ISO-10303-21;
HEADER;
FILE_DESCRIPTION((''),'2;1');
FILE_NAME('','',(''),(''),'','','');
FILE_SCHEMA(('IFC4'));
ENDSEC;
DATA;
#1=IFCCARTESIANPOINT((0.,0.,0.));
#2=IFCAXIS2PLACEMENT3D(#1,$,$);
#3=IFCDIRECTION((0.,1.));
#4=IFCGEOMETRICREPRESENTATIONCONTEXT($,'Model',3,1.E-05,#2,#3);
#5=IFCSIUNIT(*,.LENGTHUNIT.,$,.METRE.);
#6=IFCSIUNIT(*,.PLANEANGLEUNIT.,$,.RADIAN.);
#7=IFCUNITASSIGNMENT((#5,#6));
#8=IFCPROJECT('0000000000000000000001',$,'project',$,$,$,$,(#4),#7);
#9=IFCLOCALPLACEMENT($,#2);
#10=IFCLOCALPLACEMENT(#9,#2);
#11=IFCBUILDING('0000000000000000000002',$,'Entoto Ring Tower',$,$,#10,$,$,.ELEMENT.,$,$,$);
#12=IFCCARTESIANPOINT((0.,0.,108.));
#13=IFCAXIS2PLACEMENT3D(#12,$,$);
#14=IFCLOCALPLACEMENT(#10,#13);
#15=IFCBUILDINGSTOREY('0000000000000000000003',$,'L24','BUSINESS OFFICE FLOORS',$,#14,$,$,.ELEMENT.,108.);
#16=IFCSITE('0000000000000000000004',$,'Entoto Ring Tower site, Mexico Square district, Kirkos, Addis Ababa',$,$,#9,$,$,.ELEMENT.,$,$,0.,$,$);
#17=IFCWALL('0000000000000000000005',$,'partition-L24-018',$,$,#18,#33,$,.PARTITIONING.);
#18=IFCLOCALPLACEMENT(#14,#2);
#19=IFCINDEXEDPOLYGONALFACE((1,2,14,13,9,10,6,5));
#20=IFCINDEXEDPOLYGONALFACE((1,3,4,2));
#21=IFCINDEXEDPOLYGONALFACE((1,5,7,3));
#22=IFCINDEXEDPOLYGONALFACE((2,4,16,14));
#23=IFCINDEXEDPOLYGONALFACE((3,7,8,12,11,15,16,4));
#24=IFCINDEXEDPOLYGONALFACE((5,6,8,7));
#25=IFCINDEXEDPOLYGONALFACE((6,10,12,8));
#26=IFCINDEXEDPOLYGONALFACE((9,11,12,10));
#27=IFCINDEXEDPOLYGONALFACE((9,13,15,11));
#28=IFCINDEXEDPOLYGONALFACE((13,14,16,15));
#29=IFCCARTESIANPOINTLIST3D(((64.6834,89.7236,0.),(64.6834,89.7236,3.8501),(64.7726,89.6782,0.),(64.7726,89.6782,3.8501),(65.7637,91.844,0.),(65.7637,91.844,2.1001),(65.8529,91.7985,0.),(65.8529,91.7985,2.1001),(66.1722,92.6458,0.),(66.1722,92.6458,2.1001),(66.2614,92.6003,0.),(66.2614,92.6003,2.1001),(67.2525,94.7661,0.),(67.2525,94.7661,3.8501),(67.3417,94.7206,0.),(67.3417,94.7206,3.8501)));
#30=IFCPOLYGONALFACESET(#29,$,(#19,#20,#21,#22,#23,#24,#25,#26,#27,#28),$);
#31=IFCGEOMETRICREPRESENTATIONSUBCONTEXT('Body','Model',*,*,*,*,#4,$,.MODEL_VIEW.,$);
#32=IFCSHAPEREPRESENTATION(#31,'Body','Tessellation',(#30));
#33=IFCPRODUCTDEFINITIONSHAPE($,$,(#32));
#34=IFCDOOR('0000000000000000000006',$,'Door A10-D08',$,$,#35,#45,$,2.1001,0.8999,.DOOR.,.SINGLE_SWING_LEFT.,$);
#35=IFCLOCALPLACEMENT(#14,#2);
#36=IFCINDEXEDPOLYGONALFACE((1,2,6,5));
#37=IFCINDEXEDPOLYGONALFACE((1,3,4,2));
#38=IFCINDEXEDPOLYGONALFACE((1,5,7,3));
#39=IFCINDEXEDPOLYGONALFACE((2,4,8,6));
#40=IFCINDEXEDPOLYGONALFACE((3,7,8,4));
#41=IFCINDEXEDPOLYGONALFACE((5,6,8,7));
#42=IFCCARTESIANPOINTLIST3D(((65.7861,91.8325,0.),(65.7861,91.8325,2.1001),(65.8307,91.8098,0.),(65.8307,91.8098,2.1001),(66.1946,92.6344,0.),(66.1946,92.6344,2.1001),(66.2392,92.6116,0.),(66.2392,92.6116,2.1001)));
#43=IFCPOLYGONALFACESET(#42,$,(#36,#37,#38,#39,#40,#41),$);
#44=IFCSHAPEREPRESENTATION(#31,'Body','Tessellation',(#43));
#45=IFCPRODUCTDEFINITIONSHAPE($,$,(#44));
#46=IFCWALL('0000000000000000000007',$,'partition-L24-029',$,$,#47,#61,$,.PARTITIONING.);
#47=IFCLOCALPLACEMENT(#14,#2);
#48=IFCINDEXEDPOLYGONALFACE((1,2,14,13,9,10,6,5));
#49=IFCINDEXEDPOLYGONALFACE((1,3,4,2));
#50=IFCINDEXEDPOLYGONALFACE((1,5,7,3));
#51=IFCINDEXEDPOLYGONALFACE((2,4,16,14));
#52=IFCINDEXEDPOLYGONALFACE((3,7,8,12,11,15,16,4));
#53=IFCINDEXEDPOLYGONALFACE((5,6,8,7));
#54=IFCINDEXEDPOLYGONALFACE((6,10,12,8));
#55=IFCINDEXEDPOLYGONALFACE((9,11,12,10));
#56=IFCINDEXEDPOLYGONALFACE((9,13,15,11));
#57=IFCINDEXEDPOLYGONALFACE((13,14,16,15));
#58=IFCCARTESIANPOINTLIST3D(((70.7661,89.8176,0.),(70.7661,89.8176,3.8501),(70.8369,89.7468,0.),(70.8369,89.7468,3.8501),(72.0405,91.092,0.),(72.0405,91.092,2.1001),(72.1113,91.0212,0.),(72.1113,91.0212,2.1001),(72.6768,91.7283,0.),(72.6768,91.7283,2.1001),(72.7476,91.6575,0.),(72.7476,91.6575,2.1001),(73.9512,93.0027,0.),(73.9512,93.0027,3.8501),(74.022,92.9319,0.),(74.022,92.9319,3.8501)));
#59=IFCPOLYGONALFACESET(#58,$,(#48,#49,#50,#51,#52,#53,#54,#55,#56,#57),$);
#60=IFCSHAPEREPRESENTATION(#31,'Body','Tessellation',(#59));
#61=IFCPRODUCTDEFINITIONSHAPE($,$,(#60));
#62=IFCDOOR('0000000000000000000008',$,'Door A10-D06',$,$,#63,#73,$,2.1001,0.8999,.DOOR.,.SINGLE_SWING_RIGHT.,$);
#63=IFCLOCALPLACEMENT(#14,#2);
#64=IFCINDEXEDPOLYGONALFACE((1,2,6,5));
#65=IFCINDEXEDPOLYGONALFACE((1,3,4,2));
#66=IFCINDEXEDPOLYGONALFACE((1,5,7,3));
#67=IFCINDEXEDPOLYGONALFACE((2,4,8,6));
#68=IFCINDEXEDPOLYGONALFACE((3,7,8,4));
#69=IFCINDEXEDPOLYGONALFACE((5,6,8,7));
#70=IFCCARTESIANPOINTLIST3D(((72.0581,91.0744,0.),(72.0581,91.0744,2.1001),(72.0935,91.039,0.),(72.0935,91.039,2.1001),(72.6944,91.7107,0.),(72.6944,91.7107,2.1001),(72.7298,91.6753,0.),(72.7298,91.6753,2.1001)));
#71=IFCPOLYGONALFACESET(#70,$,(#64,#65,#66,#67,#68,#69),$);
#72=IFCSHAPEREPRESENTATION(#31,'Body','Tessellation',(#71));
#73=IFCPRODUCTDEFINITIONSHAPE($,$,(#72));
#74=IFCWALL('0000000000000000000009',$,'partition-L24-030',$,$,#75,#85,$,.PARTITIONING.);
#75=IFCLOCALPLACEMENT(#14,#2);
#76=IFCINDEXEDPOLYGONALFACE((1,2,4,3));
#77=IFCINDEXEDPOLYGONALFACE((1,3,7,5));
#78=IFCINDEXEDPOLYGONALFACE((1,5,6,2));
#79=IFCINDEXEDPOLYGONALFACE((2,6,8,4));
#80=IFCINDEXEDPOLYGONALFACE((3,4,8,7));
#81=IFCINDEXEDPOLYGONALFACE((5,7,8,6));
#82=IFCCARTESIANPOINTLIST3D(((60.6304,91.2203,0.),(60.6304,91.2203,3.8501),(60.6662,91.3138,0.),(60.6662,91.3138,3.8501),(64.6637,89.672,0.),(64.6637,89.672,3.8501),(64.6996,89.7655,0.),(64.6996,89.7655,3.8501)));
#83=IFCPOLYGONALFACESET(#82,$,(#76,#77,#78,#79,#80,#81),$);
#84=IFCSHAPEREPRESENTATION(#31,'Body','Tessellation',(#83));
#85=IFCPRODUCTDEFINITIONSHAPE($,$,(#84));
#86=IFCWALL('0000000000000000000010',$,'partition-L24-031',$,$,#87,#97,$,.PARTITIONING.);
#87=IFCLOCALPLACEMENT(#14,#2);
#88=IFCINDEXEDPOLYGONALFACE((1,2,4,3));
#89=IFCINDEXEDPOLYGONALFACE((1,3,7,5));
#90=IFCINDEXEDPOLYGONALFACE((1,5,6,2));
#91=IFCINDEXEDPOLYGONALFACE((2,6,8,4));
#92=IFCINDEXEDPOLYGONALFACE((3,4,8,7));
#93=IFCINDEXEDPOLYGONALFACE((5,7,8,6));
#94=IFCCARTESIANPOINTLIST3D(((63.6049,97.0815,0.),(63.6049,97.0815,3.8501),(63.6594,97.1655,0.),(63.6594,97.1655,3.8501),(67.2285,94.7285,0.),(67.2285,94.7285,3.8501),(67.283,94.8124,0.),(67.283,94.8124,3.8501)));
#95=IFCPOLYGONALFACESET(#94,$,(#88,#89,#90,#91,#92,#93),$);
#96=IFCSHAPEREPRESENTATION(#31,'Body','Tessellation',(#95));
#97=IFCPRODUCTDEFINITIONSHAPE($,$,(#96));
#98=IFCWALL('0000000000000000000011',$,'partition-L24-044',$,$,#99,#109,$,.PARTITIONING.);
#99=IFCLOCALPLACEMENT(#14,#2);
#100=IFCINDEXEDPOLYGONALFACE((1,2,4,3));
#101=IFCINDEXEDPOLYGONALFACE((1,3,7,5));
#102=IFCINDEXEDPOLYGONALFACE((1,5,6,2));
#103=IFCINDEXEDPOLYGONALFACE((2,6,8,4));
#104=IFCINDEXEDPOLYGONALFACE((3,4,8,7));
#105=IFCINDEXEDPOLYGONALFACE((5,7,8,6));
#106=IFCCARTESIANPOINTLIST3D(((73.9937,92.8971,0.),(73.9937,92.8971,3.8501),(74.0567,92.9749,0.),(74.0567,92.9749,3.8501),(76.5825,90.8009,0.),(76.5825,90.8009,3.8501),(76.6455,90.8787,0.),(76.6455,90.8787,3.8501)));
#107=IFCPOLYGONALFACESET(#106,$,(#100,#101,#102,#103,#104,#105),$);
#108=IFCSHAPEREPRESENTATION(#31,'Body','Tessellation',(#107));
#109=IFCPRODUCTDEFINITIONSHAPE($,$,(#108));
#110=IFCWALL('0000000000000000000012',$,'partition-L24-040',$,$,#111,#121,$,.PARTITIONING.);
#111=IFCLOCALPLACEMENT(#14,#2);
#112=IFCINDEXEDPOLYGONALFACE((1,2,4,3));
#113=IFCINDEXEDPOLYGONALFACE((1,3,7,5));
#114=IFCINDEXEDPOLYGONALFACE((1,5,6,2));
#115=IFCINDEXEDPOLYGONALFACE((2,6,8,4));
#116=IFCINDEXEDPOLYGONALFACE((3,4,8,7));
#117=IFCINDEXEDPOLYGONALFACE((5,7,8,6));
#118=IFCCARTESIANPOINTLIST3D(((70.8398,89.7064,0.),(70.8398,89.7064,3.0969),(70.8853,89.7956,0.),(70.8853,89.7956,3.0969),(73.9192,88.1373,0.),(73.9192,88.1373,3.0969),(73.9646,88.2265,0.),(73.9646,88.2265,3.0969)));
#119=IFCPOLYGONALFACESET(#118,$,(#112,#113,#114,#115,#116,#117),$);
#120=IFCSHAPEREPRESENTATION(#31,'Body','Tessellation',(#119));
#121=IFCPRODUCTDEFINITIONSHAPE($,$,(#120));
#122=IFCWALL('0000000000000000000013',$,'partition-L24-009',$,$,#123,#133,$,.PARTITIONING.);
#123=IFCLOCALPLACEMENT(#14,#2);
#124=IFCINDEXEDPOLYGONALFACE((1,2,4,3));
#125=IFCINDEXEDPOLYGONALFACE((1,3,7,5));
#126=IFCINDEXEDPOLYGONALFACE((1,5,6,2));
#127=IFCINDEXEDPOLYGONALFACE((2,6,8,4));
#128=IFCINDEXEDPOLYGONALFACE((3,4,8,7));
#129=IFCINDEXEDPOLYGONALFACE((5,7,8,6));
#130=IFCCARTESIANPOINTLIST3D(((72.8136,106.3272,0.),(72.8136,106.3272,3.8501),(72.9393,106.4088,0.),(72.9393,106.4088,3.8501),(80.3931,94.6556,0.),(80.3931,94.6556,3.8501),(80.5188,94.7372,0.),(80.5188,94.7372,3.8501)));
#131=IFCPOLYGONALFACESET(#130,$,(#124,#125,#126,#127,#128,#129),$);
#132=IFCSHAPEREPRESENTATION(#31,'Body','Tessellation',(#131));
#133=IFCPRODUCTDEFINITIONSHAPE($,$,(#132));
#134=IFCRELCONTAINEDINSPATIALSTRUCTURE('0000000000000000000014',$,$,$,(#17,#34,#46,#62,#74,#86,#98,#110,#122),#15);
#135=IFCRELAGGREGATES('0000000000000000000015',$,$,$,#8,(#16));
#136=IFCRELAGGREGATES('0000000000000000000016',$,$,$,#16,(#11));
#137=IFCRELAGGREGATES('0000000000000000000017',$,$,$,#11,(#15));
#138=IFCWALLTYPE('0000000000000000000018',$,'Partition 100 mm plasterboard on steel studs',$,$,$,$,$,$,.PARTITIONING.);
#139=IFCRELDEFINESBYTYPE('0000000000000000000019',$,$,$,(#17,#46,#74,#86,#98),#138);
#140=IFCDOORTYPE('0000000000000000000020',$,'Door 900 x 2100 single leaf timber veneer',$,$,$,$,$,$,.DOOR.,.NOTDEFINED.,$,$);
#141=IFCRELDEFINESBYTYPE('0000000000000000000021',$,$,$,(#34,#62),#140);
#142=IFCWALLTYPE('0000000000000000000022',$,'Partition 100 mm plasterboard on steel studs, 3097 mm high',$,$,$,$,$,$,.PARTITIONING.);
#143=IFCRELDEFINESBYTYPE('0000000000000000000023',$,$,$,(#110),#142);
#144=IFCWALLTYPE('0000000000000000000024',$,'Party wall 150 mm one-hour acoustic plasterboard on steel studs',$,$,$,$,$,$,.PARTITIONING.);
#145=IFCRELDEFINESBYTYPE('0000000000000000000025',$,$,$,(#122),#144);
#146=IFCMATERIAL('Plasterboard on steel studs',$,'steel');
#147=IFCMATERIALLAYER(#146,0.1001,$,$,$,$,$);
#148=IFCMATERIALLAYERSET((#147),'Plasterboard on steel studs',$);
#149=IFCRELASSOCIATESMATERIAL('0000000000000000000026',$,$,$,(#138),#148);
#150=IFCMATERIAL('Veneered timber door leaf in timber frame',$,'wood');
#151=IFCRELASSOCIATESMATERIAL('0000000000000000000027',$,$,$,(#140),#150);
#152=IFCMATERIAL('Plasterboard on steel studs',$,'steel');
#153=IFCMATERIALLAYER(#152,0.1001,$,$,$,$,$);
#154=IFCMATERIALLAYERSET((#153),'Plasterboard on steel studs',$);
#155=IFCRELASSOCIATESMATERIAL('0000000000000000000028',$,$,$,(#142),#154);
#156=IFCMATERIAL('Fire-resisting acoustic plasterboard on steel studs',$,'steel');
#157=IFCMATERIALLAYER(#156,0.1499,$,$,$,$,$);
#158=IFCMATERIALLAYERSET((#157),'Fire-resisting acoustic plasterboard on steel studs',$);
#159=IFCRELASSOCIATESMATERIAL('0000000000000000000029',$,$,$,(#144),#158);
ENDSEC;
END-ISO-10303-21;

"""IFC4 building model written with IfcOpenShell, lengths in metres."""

from ifc_helpers import new_model, si_unit, direction, frame, frame_2d, origin, place, context, subcontext, project, spatial, rectangle, extrude, material, layer, layer_set, type_object, element, fill, save


model = new_model("IFC4")

# Units and contexts
model_context = context("Model", 3, precision=1e-05, world=origin(), true_north=direction((0.0, 1.0)))
body_context = subcontext(model_context, "Body", "Model", "MODEL_VIEW")
ifc_project = project(units=[si_unit("LENGTHUNIT", "METRE"), si_unit("PLANEANGLEUNIT", "RADIAN")], contexts=[model_context])

# Site, building, storey
site_placement = place(None, origin())
site = spatial("IfcSite", under=ifc_project, at=site_placement, Name="Entoto Ring Tower site, Mexico Square district, Kirkos, Addis Ababa", CompositionType="ELEMENT", RefElevation=0.0)
building_placement = place(site_placement, origin())
building = spatial("IfcBuilding", under=site, at=building_placement, Name="Entoto Ring Tower", CompositionType="ELEMENT")
storey_placement = place(building_placement, frame((0.0, 0.0, 108.0)))
storey = spatial("IfcBuildingStorey", under=building, at=storey_placement, Name="L24", Description="BUSINESS OFFICE FLOORS", CompositionType="ELEMENT", Elevation=108.0)

# Walls, openings, doors
ifc_material_1 = material(Name="Plasterboard on steel studs", Category="steel")
ifc_layer_1 = layer(ifc_material_1, 0.1001)
ifc_layer_set_1 = layer_set([ifc_layer_1], Name="Plasterboard on steel studs")
wall_type_1 = type_object("IfcWallType", Name="Partition 100 mm plasterboard on steel studs", PredefinedType="PARTITIONING", material=ifc_layer_set_1)
wall_1_placement = place(storey_placement, frame((64.728, 89.7009, 0.0), z_axis=(0.0, 0.0, 1.0), x_axis=(0.453965, 0.891019, 0.0)))
wall_1 = element("IfcWall", 1, at=wall_1_placement, inside=storey, type_object=wall_type_1, Name="partition-L24-018", PredefinedType="PARTITIONING", context=body_context, shape_type="SweptSolid", body=[
    extrude(rectangle(XDim=5.6592, YDim=0.1001, at=frame_2d((2.8296, 0.0))), origin(), (0.0, 0.0, 1.0), 3.8501),
])
opening_1_placement = place(wall_1_placement, frame((2.3796, 0.0, 0.0)))
opening_1 = element("IfcOpeningElement", 2, at=opening_1_placement, cuts=wall_1, PredefinedType="OPENING", context=body_context, shape_type="SweptSolid", body=[
    extrude(rectangle(XDim=0.8999, YDim=2.1001, at=frame_2d((0.45, 1.05))), frame((0.0, 0.0601, 0.0), z_axis=(0.0, -1.0, 0.0), x_axis=(1.0, 0.0, 0.0)), (0.0, 0.0, 1.0), 0.1201),
])
ifc_material_2 = material(Name="Veneered timber door leaf in timber frame", Category="wood")
door_type_1 = type_object("IfcDoorType", Name="Door 900 x 2100 single leaf timber veneer", OperationType="NOTDEFINED", PredefinedType="DOOR", material=ifc_material_2)
door_1_placement = place(opening_1_placement, origin())
door_1 = element("IfcDoor", 3, at=door_1_placement, inside=storey, type_object=door_type_1, Name="Door A10-D08", OperationType="SINGLE_SWING_LEFT", OverallHeight=2.1001, OverallWidth=0.8999, PredefinedType="DOOR", context=body_context, shape_type="SweptSolid", body=[
    extrude(rectangle(XDim=0.8999, YDim=2.1001, at=frame_2d((0.45, 1.05))), frame((0.0, 0.0249, 0.0), z_axis=(0.0, -1.0, 0.0), x_axis=(1.0, 0.0, 0.0)), (0.0, 0.0, 1.0), 0.05),
])
fill(opening_1, door_1)
wall_2_placement = place(storey_placement, frame((70.8015, 89.7822, 0.0), z_axis=(0.0, 0.0, 1.0), x_axis=(0.707107, 0.707107, 0.0)))
wall_2 = element("IfcWall", 4, at=wall_2_placement, inside=storey, type_object=wall_type_1, Name="partition-L24-029", PredefinedType="PARTITIONING", context=body_context, shape_type="SweptSolid", body=[
    extrude(rectangle(XDim=4.5044, YDim=0.1001, at=frame_2d((2.2522, 0.0))), origin(), (0.0, 0.0, 1.0), 3.8501),
])
opening_2_placement = place(wall_2_placement, frame((1.8022, 0.0, 0.0)))
opening_2 = element("IfcOpeningElement", 5, at=opening_2_placement, cuts=wall_2, PredefinedType="OPENING", context=body_context, shape_type="SweptSolid", body=[
    extrude(rectangle(XDim=0.8999, YDim=2.1001, at=frame_2d((0.45, 1.05))), frame((0.0, 0.0601, 0.0), z_axis=(0.0, -1.0, 0.0), x_axis=(1.0, 0.0, 0.0)), (0.0, 0.0, 1.0), 0.1201),
])
door_2_placement = place(opening_2_placement, frame((0.8999, 0.0, 0.0), z_axis=(0.0, 0.0, 1.0), x_axis=(-1.0, 0.0, 0.0)))
door_2 = element("IfcDoor", 6, at=door_2_placement, inside=storey, type_object=door_type_1, Name="Door A10-D06", OperationType="SINGLE_SWING_RIGHT", OverallHeight=2.1001, OverallWidth=0.8999, PredefinedType="DOOR", context=body_context, shape_type="SweptSolid", body=[
    extrude(rectangle(XDim=0.8999, YDim=2.1001, at=frame_2d((0.45, 1.05))), frame((0.0, 0.0249, 0.0), z_axis=(0.0, -1.0, 0.0), x_axis=(1.0, 0.0, 0.0)), (0.0, 0.0, 1.0), 0.05),
])
fill(opening_2, door_2)

# Walls
wall_3_placement = place(storey_placement, frame((64.6816, 89.7188, 0.0), z_axis=(0.0, 0.0, 1.0), x_axis=(-0.933577, 0.358377, 0.0)))
element("IfcWall", 7, at=wall_3_placement, inside=storey, type_object=wall_type_1, Name="partition-L24-030", PredefinedType="PARTITIONING", context=body_context, shape_type="SweptSolid", body=[
    extrude(rectangle(XDim=4.3203, YDim=0.1001, at=frame_2d((2.1602, 0.0))), origin(), (0.0, 0.0, 1.0), 3.8501),
])
wall_4_placement = place(storey_placement, frame((67.2556, 94.7705, 0.0), z_axis=(0.0, 0.0, 1.0), x_axis=(-0.838684, 0.544619, 0.0)))
element("IfcWall", 8, at=wall_4_placement, inside=storey, type_object=wall_type_1, Name="partition-L24-031", PredefinedType="PARTITIONING", context=body_context, shape_type="SweptSolid", body=[
    extrude(rectangle(XDim=4.3206, YDim=0.1001, at=frame_2d((2.1602, 0.0))), origin(), (0.0, 0.0, 1.0), 3.8501),
])
wall_5_placement = place(storey_placement, frame((76.614, 90.8398, 0.0), z_axis=(0.0, 0.0, 1.0), x_axis=(-0.77718, 0.629278, 0.0)))
element("IfcWall", 9, at=wall_5_placement, inside=storey, type_object=wall_type_1, Name="partition-L24-044", PredefinedType="PARTITIONING", context=body_context, shape_type="SweptSolid", body=[
    extrude(rectangle(XDim=3.3311, YDim=0.1001, at=frame_2d((1.6655, 0.0))), origin(), (0.0, 0.0, 1.0), 3.8501),
])
ifc_material_3 = material(Name="Plasterboard on steel studs", Category="steel")
ifc_layer_2 = layer(ifc_material_3, 0.1001)
ifc_layer_set_2 = layer_set([ifc_layer_2], Name="Plasterboard on steel studs")
wall_type_2 = type_object("IfcWallType", Name="Partition 100 mm plasterboard on steel studs, 3097 mm high", PredefinedType="PARTITIONING", material=ifc_layer_set_2)
wall_6_placement = place(storey_placement, frame((73.9419, 88.1819, 0.0), z_axis=(0.0, 0.0, 1.0), x_axis=(-0.890996, 0.45401, 0.0)))
element("IfcWall", 10, at=wall_6_placement, inside=storey, type_object=wall_type_2, Name="partition-L24-040", PredefinedType="PARTITIONING", context=body_context, shape_type="SweptSolid", body=[
    extrude(rectangle(XDim=3.4561, YDim=0.1001, at=frame_2d((1.728, 0.0))), origin(), (0.0, 0.0, 1.0), 3.0969),
])
ifc_material_4 = material(Name="Fire-resisting acoustic plasterboard on steel studs", Category="steel")
ifc_layer_3 = layer(ifc_material_4, 0.1499)
ifc_layer_set_3 = layer_set([ifc_layer_3], Name="Fire-resisting acoustic plasterboard on steel studs")
wall_type_3 = type_object("IfcWallType", Name="Party wall 150 mm one-hour acoustic plasterboard on steel studs", PredefinedType="PARTITIONING", material=ifc_layer_set_3)
wall_7_placement = place(storey_placement, frame((80.4561, 94.6963, 0.0), z_axis=(0.0, 0.0, 1.0), x_axis=(-0.544636, 0.838672, 0.0)))
element("IfcWall", 11, at=wall_7_placement, inside=storey, type_object=wall_type_3, Name="partition-L24-009", PredefinedType="PARTITIONING", context=body_context, shape_type="SweptSolid", body=[
    extrude(rectangle(XDim=13.9167, YDim=0.1499, at=frame_2d((6.9585, 0.0))), origin(), (0.0, 0.0, 1.0), 3.8501),
])

save(model, "model.ifc")
